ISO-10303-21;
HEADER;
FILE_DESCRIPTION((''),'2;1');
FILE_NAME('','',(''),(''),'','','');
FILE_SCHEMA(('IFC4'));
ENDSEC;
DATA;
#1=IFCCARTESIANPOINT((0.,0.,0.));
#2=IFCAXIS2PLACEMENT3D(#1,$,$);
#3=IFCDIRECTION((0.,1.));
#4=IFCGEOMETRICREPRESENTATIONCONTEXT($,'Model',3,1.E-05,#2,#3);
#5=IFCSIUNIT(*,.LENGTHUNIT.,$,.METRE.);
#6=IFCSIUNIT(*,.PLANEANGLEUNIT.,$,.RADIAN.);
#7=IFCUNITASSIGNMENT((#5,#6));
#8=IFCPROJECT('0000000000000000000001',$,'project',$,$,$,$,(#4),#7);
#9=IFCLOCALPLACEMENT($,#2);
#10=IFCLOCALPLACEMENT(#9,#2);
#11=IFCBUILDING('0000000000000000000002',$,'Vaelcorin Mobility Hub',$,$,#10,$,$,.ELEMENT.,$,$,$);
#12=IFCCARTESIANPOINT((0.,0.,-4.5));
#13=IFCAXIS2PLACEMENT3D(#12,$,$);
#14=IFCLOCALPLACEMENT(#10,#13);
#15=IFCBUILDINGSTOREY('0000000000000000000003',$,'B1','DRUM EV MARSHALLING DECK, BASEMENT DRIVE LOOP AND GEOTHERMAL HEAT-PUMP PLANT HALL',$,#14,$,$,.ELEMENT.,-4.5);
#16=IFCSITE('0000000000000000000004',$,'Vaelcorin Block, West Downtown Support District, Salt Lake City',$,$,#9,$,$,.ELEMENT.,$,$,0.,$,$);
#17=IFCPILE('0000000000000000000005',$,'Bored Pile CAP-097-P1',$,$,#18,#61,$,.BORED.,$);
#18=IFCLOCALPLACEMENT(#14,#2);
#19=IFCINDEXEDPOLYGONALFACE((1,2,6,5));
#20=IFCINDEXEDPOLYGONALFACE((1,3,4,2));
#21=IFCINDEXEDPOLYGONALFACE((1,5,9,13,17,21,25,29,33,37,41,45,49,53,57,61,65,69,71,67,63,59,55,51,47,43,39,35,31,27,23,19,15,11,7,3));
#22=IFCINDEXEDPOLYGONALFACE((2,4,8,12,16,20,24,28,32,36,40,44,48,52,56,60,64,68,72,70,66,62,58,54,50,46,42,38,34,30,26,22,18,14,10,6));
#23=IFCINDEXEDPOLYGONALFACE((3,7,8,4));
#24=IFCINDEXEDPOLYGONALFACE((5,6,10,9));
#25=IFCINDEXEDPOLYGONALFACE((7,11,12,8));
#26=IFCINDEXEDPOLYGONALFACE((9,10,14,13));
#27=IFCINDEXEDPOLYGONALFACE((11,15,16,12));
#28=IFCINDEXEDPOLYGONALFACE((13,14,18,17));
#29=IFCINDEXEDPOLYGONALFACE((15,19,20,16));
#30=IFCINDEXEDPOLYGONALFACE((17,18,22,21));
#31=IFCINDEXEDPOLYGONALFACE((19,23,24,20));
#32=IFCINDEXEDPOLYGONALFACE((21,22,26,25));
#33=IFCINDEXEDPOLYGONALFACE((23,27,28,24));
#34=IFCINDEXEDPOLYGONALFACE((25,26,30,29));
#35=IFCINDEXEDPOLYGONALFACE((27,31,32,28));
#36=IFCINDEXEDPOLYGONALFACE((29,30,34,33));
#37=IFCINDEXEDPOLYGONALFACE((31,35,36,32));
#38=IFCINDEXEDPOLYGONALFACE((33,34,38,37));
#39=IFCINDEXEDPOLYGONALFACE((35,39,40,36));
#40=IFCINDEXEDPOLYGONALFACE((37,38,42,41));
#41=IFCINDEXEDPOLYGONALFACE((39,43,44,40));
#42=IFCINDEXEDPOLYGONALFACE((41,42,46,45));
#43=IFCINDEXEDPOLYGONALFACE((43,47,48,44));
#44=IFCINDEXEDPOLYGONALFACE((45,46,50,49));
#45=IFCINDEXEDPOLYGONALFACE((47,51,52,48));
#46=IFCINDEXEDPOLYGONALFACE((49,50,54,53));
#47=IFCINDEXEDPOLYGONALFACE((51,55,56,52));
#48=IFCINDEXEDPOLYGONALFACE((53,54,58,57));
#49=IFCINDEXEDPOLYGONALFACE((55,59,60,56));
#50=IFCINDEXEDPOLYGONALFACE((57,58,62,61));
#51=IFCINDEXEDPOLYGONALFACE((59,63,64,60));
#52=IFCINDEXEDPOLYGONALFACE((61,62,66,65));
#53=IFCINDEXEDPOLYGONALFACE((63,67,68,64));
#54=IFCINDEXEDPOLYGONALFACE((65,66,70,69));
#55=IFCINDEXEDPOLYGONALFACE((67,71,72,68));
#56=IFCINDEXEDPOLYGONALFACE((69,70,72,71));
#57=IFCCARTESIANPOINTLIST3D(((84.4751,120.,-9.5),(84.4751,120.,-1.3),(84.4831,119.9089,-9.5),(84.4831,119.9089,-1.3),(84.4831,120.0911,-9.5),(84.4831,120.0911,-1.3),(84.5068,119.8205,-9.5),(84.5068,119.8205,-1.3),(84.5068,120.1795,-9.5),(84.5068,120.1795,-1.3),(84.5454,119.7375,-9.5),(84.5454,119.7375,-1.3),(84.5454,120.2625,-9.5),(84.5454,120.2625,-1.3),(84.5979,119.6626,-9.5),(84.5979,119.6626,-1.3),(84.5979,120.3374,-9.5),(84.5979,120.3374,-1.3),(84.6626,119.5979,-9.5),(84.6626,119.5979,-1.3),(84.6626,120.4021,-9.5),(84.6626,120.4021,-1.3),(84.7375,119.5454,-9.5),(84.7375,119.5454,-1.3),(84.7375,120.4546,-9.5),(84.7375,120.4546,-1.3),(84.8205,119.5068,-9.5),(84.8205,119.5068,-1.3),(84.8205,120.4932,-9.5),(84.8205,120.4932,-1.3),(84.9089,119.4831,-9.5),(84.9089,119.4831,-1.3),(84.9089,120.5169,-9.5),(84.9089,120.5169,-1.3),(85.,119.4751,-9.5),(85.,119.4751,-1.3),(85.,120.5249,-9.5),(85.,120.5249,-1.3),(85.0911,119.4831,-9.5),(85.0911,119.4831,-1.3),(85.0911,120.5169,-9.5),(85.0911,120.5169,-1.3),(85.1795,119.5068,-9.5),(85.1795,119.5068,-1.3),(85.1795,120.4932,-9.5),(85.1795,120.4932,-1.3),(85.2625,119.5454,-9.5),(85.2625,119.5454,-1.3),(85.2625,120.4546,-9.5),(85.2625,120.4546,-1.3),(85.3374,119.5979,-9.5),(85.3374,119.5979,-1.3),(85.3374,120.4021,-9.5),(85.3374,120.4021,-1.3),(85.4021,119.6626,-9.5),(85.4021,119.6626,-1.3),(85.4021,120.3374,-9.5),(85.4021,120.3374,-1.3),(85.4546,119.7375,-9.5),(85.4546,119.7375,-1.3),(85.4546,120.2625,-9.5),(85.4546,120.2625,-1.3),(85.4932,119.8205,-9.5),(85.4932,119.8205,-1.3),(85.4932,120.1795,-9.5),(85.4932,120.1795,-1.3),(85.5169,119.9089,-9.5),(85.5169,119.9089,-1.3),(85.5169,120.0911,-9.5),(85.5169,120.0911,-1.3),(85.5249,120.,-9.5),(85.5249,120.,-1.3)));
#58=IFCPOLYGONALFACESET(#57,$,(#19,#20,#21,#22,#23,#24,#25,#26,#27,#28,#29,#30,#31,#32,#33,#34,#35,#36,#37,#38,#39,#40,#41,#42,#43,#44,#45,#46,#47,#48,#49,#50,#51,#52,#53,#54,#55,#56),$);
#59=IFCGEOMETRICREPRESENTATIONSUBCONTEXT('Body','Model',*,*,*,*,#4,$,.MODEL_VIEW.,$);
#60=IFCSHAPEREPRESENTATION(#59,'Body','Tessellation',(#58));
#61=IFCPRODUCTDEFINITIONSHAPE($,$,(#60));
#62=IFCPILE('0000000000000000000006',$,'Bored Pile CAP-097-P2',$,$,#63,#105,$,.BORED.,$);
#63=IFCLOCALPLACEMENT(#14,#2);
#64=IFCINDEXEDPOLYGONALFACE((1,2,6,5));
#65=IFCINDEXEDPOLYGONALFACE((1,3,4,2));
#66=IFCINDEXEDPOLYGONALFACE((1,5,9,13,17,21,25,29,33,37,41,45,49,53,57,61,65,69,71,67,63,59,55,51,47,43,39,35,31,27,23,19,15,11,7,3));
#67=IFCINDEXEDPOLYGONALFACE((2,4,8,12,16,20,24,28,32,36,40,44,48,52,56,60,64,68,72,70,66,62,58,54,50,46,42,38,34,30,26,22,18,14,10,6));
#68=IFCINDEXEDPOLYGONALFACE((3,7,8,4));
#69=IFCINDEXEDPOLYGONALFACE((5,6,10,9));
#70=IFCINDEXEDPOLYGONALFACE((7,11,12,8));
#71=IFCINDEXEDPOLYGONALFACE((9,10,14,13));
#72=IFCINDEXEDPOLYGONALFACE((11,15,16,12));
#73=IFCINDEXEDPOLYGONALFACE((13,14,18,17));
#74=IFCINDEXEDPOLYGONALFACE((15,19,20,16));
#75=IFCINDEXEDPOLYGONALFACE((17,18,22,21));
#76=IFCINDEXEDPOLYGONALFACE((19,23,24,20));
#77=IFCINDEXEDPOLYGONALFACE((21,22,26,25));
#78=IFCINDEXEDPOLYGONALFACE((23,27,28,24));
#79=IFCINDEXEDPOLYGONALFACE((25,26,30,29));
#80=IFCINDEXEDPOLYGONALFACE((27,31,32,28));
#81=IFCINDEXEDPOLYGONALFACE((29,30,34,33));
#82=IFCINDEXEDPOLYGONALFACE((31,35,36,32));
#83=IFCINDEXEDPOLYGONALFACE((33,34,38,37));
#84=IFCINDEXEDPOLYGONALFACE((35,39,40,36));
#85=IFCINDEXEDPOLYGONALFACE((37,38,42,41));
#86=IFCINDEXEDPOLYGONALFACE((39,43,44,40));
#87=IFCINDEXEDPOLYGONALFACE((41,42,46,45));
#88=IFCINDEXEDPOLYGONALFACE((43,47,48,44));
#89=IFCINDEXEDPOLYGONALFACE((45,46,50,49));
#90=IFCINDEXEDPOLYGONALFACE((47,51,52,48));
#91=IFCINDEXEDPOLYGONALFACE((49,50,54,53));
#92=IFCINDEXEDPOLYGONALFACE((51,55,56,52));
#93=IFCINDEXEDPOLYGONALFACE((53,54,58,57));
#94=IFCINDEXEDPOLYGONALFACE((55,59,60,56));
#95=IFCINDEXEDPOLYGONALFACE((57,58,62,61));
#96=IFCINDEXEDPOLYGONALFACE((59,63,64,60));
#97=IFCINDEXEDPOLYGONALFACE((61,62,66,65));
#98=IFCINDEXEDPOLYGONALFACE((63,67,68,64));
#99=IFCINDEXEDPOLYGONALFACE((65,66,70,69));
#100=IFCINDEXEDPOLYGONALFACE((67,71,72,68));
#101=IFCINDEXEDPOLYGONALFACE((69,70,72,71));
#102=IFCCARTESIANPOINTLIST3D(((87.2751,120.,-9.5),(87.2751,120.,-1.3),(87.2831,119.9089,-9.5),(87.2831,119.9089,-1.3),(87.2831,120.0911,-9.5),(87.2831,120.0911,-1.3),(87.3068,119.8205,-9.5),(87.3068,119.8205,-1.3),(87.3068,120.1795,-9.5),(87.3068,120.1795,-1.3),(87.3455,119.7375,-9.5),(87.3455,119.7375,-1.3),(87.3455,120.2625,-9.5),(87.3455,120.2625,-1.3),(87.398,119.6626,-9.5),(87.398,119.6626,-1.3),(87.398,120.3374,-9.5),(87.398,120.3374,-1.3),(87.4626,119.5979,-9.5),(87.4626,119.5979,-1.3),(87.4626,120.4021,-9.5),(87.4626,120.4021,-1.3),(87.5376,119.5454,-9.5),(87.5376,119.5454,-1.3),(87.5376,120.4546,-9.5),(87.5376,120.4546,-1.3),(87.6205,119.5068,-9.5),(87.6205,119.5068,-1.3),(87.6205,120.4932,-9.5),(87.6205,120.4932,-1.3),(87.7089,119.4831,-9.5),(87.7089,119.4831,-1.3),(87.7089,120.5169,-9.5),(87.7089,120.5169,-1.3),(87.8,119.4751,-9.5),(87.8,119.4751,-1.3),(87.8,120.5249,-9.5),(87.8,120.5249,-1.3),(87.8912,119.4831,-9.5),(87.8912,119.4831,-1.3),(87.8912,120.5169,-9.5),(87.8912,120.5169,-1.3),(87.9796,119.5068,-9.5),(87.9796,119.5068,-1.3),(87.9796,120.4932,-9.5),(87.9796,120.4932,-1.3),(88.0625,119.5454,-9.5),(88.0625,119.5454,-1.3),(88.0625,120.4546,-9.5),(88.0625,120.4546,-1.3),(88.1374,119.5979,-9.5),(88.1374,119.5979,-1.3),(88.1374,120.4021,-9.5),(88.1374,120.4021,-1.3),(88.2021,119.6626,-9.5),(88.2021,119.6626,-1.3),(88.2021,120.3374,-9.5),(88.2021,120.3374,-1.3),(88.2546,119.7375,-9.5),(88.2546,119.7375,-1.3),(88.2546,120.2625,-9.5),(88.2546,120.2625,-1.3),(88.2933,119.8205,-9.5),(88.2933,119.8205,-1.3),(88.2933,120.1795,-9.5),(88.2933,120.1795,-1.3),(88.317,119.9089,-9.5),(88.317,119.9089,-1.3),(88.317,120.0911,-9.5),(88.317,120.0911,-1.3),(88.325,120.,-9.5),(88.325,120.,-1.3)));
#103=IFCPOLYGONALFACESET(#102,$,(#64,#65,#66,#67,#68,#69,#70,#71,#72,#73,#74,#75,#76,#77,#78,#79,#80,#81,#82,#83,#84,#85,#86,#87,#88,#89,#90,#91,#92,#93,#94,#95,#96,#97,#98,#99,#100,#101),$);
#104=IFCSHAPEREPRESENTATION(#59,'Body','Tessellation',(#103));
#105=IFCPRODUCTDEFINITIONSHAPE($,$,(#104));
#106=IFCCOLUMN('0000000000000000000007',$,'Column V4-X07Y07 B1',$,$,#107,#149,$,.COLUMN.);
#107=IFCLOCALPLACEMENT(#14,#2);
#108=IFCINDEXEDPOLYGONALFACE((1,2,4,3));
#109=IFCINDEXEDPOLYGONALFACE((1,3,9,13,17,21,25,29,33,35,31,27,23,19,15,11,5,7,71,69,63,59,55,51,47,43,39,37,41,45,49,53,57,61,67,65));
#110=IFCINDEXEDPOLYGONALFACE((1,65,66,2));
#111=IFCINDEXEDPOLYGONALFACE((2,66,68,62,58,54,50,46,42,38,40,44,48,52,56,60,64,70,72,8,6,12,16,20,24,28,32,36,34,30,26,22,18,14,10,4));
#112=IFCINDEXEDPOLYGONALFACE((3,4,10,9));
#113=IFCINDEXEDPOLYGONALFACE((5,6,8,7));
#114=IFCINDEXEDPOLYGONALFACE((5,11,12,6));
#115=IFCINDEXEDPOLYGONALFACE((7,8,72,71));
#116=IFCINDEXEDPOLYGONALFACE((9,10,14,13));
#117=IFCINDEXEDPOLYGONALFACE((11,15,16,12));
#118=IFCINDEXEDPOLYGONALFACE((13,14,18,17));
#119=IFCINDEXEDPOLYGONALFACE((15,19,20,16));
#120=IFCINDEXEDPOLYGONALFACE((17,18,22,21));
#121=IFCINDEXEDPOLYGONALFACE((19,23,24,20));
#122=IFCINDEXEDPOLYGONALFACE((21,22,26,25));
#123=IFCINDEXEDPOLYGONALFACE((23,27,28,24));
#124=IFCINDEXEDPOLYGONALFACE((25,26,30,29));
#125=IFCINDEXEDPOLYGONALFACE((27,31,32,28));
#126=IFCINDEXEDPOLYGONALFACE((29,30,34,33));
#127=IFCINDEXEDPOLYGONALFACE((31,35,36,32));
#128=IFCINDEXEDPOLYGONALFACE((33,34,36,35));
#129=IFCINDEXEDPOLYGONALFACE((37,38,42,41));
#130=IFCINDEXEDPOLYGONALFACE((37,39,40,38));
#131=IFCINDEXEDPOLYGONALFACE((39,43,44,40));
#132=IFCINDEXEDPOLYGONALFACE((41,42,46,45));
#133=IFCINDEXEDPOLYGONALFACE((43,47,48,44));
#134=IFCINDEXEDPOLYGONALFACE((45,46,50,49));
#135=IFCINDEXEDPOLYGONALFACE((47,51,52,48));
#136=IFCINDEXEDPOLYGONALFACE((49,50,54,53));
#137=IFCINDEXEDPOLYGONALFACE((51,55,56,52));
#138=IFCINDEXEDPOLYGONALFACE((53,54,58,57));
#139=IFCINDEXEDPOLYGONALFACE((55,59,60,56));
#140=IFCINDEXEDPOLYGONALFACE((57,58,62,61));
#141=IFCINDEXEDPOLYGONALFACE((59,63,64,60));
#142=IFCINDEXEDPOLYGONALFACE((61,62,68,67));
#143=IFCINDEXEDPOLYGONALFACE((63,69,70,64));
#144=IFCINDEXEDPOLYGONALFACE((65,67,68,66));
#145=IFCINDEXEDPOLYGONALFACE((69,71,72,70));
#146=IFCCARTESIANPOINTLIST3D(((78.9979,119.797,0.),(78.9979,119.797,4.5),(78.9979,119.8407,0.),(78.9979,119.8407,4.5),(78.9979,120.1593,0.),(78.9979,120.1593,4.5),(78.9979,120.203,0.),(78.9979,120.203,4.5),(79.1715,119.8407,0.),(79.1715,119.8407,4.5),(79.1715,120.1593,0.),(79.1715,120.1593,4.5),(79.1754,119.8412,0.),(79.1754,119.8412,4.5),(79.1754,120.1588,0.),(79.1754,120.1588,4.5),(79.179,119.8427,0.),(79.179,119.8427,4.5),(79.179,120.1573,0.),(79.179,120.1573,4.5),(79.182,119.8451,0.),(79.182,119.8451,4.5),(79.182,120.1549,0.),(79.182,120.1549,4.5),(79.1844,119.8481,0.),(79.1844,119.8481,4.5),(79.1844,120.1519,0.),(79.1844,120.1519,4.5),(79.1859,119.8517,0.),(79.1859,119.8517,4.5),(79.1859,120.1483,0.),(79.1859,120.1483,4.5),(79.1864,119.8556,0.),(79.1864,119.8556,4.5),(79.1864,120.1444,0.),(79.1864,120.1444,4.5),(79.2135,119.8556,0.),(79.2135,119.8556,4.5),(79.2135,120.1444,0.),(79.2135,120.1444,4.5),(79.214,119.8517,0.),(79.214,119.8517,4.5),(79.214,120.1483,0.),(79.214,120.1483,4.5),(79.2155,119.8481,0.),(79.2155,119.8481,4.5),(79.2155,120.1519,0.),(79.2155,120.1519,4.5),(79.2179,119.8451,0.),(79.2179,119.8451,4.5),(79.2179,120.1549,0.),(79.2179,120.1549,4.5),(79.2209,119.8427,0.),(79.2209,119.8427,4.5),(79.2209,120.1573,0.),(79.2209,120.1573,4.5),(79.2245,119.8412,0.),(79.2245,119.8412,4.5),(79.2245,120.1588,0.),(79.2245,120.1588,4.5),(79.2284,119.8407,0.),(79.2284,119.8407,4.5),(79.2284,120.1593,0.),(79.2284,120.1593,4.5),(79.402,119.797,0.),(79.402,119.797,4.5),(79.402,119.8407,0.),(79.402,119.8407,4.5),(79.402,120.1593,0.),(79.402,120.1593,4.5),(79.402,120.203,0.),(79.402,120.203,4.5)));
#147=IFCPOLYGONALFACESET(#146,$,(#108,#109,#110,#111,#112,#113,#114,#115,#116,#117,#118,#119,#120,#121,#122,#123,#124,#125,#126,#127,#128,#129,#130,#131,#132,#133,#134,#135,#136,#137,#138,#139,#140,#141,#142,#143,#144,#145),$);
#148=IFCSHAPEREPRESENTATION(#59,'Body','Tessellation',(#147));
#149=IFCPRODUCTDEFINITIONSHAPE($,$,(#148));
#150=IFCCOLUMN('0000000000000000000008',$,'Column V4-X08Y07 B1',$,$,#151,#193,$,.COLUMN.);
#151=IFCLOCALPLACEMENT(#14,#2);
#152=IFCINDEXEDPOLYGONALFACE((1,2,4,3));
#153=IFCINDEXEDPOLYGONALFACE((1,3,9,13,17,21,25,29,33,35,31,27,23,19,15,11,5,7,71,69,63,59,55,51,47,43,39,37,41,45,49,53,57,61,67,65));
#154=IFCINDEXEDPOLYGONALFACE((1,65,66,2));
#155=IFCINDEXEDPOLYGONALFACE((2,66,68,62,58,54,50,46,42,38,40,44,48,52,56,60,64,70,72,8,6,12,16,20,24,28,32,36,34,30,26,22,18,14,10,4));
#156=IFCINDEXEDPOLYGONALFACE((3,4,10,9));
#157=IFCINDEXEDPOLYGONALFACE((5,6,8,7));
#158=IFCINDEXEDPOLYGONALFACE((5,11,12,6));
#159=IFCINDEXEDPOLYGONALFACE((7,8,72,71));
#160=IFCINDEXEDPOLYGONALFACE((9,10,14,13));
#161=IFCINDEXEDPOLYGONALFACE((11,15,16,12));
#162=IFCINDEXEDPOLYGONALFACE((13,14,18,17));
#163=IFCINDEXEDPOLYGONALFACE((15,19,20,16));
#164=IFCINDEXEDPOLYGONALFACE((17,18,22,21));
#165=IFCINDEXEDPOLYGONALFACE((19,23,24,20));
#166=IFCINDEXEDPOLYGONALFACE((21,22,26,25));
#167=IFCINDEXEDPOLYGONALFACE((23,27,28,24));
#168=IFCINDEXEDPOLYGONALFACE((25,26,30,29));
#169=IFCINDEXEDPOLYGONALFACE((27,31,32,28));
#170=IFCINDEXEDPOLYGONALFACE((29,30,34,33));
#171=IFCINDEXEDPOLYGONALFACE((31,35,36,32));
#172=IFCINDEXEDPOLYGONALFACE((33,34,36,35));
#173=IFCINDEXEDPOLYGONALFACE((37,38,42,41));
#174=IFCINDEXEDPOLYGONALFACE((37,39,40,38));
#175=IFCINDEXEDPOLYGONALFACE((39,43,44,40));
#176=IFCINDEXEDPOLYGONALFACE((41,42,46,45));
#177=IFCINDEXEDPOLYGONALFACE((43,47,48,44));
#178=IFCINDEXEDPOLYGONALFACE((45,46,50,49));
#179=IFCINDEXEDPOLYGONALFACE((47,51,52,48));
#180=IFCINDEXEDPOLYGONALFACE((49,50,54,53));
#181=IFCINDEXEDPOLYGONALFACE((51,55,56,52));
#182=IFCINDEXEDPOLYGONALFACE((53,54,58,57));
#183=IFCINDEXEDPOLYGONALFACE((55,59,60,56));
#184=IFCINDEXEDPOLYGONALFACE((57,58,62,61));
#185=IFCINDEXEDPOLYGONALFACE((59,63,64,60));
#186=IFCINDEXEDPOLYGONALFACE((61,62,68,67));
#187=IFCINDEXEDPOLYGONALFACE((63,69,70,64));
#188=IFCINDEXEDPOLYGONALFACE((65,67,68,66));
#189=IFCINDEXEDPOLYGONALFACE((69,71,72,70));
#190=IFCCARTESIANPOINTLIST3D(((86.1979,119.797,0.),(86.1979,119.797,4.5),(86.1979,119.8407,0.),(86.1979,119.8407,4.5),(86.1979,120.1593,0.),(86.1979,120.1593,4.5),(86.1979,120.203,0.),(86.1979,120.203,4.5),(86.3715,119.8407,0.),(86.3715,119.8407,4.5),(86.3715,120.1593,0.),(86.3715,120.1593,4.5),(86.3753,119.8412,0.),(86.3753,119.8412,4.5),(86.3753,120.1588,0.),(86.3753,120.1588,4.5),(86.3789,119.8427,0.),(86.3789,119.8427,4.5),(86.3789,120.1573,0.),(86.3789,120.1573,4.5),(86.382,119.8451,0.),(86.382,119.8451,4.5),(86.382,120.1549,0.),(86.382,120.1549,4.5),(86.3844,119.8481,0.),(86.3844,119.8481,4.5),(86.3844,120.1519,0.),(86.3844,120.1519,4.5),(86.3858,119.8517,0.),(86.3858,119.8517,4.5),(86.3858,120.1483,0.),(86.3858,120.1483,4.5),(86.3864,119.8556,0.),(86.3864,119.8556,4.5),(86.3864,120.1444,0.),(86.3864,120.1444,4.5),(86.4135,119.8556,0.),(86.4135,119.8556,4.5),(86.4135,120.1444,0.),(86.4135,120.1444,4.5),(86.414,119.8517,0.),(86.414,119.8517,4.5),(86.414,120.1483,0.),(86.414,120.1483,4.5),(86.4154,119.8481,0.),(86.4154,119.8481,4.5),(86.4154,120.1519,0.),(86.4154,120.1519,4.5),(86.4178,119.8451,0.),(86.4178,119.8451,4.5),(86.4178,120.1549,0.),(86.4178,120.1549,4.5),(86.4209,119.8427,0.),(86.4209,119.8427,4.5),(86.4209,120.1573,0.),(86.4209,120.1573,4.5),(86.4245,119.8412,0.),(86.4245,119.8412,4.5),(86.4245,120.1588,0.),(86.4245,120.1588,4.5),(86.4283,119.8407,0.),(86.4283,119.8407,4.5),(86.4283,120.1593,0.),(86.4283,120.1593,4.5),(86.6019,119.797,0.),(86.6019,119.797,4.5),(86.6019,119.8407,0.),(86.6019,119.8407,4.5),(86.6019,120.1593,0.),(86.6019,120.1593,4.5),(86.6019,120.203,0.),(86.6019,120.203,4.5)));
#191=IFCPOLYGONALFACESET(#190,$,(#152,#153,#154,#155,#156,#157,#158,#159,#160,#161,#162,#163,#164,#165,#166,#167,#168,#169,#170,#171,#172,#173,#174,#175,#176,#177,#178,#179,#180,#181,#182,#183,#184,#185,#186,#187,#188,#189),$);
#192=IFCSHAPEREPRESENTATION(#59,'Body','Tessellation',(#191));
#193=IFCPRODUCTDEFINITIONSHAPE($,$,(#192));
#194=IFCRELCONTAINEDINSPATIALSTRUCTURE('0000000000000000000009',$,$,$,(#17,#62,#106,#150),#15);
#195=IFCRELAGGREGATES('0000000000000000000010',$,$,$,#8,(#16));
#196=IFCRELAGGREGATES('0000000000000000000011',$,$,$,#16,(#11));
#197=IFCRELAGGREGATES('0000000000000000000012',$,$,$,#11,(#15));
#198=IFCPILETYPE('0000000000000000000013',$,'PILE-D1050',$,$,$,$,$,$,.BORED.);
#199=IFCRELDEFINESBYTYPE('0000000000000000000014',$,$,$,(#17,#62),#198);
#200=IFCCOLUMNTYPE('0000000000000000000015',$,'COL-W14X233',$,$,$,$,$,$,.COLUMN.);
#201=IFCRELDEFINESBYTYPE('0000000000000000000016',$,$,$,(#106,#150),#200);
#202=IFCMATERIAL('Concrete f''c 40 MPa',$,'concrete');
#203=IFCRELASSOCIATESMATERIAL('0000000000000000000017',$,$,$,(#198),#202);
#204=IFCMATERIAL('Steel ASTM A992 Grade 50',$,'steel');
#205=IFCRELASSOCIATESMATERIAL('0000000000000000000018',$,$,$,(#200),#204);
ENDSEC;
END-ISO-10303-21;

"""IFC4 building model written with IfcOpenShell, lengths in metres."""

from ifc_helpers import new_model, si_unit, direction, frame, origin, origin_2d, place, context, subcontext, project, spatial, circle, i_section, extrude, material, material_profile, profile_set, type_object, element, save


model = new_model("IFC4")

# Units and contexts
model_context = context("Model", 3, precision=1e-05, world=origin(), true_north=direction((0.0, 1.0)))
body_context = subcontext(model_context, "Body", "Model", "MODEL_VIEW")
ifc_project = project(units=[si_unit("LENGTHUNIT", "METRE"), si_unit("PLANEANGLEUNIT", "RADIAN")], contexts=[model_context])

# Site, building, storey
site_placement = place(None, origin())
site = spatial("IfcSite", under=ifc_project, at=site_placement, Name="Vaelcorin Block, West Downtown Support District, Salt Lake City", CompositionType="ELEMENT", RefElevation=0.0)
building_placement = place(site_placement, origin())
building = spatial("IfcBuilding", under=site, at=building_placement, Name="Vaelcorin Mobility Hub", CompositionType="ELEMENT")
storey_placement = place(building_placement, frame((0.0, 0.0, -4.5)))
storey = spatial("IfcBuildingStorey", under=building, at=storey_placement, Name="B1", Description="DRUM EV MARSHALLING DECK, BASEMENT DRIVE LOOP AND GEOTHERMAL HEAT-PUMP PLANT HALL", CompositionType="ELEMENT", Elevation=-4.5)

# Shared definitions
ifc_material_1 = material(Name="Concrete f'c 40 MPa", Category="concrete")

# Piles
ifc_material_profile_1 = material_profile(ifc_material_1, circle(Radius=0.5249, at=origin_2d()), Name="BP-D1050")
ifc_profile_set_1 = profile_set([ifc_material_profile_1], Name="Concrete f'c 40 MPa")
pile_type = type_object("IfcPileType", Name="PILE-D1050", PredefinedType="BORED", material=ifc_profile_set_1)
for number, where, z_axis, x_axis, name in (
    (1, (85.0, 120.0, -1.3), (0.0, 0.0, -1.0), (1.0, 0.0, 0.0), "Bored Pile CAP-097-P1"),
    (2, (87.8, 120.0, -1.3), (0.0, 0.0, -1.0), (1.0, 0.0, 0.0), "Bored Pile CAP-097-P2"),
):
    element("IfcPile", number, at=place(storey_placement, frame(where, z_axis=z_axis, x_axis=x_axis)), inside=storey, type_object=pile_type, Name=name, PredefinedType="BORED", context=body_context, shape_type="SweptSolid", body=[
        extrude(circle(Radius=0.5249, at=origin_2d()), origin(), (0.0, 0.0, 1.0), 8.2),
    ])

# Columns
ifc_material_2 = material(Name="Steel ASTM A992 Grade 50", Category="steel")
ifc_material_profile_2 = material_profile(ifc_material_2, i_section(OverallWidth=0.4041, OverallDepth=0.406, WebThickness=0.0271, FlangeThickness=0.0437, FilletRadius=0.0149, at=origin_2d()), Name="W14X233")
ifc_profile_set_2 = profile_set([ifc_material_profile_2], Name="Steel ASTM A992 Grade 50")
column_type_1 = type_object("IfcColumnType", Name="COL-W14X233", PredefinedType="COLUMN", material=ifc_profile_set_2)
for number, where, z_axis, x_axis, name in (
    (3, (79.2, 120.0, 0.0), (0.0, 0.0, 1.0), (1.0, 0.0, 0.0), "Column V4-X07Y07 B1"),
    (4, (86.3999, 120.0, 0.0), (0.0, 0.0, 1.0), (1.0, 0.0, 0.0), "Column V4-X08Y07 B1"),
):
    element("IfcColumn", number, at=place(storey_placement, frame(where, z_axis=z_axis, x_axis=x_axis)), inside=storey, type_object=column_type_1, Name=name, PredefinedType="COLUMN", context=body_context, shape_type="SweptSolid", body=[
        extrude(i_section(OverallWidth=0.4041, OverallDepth=0.406, WebThickness=0.0271, FlangeThickness=0.0437, FilletRadius=0.0149, at=origin_2d()), origin(), (0.0, 0.0, 1.0), 4.5),
    ])

save(model, "model.ifc")
